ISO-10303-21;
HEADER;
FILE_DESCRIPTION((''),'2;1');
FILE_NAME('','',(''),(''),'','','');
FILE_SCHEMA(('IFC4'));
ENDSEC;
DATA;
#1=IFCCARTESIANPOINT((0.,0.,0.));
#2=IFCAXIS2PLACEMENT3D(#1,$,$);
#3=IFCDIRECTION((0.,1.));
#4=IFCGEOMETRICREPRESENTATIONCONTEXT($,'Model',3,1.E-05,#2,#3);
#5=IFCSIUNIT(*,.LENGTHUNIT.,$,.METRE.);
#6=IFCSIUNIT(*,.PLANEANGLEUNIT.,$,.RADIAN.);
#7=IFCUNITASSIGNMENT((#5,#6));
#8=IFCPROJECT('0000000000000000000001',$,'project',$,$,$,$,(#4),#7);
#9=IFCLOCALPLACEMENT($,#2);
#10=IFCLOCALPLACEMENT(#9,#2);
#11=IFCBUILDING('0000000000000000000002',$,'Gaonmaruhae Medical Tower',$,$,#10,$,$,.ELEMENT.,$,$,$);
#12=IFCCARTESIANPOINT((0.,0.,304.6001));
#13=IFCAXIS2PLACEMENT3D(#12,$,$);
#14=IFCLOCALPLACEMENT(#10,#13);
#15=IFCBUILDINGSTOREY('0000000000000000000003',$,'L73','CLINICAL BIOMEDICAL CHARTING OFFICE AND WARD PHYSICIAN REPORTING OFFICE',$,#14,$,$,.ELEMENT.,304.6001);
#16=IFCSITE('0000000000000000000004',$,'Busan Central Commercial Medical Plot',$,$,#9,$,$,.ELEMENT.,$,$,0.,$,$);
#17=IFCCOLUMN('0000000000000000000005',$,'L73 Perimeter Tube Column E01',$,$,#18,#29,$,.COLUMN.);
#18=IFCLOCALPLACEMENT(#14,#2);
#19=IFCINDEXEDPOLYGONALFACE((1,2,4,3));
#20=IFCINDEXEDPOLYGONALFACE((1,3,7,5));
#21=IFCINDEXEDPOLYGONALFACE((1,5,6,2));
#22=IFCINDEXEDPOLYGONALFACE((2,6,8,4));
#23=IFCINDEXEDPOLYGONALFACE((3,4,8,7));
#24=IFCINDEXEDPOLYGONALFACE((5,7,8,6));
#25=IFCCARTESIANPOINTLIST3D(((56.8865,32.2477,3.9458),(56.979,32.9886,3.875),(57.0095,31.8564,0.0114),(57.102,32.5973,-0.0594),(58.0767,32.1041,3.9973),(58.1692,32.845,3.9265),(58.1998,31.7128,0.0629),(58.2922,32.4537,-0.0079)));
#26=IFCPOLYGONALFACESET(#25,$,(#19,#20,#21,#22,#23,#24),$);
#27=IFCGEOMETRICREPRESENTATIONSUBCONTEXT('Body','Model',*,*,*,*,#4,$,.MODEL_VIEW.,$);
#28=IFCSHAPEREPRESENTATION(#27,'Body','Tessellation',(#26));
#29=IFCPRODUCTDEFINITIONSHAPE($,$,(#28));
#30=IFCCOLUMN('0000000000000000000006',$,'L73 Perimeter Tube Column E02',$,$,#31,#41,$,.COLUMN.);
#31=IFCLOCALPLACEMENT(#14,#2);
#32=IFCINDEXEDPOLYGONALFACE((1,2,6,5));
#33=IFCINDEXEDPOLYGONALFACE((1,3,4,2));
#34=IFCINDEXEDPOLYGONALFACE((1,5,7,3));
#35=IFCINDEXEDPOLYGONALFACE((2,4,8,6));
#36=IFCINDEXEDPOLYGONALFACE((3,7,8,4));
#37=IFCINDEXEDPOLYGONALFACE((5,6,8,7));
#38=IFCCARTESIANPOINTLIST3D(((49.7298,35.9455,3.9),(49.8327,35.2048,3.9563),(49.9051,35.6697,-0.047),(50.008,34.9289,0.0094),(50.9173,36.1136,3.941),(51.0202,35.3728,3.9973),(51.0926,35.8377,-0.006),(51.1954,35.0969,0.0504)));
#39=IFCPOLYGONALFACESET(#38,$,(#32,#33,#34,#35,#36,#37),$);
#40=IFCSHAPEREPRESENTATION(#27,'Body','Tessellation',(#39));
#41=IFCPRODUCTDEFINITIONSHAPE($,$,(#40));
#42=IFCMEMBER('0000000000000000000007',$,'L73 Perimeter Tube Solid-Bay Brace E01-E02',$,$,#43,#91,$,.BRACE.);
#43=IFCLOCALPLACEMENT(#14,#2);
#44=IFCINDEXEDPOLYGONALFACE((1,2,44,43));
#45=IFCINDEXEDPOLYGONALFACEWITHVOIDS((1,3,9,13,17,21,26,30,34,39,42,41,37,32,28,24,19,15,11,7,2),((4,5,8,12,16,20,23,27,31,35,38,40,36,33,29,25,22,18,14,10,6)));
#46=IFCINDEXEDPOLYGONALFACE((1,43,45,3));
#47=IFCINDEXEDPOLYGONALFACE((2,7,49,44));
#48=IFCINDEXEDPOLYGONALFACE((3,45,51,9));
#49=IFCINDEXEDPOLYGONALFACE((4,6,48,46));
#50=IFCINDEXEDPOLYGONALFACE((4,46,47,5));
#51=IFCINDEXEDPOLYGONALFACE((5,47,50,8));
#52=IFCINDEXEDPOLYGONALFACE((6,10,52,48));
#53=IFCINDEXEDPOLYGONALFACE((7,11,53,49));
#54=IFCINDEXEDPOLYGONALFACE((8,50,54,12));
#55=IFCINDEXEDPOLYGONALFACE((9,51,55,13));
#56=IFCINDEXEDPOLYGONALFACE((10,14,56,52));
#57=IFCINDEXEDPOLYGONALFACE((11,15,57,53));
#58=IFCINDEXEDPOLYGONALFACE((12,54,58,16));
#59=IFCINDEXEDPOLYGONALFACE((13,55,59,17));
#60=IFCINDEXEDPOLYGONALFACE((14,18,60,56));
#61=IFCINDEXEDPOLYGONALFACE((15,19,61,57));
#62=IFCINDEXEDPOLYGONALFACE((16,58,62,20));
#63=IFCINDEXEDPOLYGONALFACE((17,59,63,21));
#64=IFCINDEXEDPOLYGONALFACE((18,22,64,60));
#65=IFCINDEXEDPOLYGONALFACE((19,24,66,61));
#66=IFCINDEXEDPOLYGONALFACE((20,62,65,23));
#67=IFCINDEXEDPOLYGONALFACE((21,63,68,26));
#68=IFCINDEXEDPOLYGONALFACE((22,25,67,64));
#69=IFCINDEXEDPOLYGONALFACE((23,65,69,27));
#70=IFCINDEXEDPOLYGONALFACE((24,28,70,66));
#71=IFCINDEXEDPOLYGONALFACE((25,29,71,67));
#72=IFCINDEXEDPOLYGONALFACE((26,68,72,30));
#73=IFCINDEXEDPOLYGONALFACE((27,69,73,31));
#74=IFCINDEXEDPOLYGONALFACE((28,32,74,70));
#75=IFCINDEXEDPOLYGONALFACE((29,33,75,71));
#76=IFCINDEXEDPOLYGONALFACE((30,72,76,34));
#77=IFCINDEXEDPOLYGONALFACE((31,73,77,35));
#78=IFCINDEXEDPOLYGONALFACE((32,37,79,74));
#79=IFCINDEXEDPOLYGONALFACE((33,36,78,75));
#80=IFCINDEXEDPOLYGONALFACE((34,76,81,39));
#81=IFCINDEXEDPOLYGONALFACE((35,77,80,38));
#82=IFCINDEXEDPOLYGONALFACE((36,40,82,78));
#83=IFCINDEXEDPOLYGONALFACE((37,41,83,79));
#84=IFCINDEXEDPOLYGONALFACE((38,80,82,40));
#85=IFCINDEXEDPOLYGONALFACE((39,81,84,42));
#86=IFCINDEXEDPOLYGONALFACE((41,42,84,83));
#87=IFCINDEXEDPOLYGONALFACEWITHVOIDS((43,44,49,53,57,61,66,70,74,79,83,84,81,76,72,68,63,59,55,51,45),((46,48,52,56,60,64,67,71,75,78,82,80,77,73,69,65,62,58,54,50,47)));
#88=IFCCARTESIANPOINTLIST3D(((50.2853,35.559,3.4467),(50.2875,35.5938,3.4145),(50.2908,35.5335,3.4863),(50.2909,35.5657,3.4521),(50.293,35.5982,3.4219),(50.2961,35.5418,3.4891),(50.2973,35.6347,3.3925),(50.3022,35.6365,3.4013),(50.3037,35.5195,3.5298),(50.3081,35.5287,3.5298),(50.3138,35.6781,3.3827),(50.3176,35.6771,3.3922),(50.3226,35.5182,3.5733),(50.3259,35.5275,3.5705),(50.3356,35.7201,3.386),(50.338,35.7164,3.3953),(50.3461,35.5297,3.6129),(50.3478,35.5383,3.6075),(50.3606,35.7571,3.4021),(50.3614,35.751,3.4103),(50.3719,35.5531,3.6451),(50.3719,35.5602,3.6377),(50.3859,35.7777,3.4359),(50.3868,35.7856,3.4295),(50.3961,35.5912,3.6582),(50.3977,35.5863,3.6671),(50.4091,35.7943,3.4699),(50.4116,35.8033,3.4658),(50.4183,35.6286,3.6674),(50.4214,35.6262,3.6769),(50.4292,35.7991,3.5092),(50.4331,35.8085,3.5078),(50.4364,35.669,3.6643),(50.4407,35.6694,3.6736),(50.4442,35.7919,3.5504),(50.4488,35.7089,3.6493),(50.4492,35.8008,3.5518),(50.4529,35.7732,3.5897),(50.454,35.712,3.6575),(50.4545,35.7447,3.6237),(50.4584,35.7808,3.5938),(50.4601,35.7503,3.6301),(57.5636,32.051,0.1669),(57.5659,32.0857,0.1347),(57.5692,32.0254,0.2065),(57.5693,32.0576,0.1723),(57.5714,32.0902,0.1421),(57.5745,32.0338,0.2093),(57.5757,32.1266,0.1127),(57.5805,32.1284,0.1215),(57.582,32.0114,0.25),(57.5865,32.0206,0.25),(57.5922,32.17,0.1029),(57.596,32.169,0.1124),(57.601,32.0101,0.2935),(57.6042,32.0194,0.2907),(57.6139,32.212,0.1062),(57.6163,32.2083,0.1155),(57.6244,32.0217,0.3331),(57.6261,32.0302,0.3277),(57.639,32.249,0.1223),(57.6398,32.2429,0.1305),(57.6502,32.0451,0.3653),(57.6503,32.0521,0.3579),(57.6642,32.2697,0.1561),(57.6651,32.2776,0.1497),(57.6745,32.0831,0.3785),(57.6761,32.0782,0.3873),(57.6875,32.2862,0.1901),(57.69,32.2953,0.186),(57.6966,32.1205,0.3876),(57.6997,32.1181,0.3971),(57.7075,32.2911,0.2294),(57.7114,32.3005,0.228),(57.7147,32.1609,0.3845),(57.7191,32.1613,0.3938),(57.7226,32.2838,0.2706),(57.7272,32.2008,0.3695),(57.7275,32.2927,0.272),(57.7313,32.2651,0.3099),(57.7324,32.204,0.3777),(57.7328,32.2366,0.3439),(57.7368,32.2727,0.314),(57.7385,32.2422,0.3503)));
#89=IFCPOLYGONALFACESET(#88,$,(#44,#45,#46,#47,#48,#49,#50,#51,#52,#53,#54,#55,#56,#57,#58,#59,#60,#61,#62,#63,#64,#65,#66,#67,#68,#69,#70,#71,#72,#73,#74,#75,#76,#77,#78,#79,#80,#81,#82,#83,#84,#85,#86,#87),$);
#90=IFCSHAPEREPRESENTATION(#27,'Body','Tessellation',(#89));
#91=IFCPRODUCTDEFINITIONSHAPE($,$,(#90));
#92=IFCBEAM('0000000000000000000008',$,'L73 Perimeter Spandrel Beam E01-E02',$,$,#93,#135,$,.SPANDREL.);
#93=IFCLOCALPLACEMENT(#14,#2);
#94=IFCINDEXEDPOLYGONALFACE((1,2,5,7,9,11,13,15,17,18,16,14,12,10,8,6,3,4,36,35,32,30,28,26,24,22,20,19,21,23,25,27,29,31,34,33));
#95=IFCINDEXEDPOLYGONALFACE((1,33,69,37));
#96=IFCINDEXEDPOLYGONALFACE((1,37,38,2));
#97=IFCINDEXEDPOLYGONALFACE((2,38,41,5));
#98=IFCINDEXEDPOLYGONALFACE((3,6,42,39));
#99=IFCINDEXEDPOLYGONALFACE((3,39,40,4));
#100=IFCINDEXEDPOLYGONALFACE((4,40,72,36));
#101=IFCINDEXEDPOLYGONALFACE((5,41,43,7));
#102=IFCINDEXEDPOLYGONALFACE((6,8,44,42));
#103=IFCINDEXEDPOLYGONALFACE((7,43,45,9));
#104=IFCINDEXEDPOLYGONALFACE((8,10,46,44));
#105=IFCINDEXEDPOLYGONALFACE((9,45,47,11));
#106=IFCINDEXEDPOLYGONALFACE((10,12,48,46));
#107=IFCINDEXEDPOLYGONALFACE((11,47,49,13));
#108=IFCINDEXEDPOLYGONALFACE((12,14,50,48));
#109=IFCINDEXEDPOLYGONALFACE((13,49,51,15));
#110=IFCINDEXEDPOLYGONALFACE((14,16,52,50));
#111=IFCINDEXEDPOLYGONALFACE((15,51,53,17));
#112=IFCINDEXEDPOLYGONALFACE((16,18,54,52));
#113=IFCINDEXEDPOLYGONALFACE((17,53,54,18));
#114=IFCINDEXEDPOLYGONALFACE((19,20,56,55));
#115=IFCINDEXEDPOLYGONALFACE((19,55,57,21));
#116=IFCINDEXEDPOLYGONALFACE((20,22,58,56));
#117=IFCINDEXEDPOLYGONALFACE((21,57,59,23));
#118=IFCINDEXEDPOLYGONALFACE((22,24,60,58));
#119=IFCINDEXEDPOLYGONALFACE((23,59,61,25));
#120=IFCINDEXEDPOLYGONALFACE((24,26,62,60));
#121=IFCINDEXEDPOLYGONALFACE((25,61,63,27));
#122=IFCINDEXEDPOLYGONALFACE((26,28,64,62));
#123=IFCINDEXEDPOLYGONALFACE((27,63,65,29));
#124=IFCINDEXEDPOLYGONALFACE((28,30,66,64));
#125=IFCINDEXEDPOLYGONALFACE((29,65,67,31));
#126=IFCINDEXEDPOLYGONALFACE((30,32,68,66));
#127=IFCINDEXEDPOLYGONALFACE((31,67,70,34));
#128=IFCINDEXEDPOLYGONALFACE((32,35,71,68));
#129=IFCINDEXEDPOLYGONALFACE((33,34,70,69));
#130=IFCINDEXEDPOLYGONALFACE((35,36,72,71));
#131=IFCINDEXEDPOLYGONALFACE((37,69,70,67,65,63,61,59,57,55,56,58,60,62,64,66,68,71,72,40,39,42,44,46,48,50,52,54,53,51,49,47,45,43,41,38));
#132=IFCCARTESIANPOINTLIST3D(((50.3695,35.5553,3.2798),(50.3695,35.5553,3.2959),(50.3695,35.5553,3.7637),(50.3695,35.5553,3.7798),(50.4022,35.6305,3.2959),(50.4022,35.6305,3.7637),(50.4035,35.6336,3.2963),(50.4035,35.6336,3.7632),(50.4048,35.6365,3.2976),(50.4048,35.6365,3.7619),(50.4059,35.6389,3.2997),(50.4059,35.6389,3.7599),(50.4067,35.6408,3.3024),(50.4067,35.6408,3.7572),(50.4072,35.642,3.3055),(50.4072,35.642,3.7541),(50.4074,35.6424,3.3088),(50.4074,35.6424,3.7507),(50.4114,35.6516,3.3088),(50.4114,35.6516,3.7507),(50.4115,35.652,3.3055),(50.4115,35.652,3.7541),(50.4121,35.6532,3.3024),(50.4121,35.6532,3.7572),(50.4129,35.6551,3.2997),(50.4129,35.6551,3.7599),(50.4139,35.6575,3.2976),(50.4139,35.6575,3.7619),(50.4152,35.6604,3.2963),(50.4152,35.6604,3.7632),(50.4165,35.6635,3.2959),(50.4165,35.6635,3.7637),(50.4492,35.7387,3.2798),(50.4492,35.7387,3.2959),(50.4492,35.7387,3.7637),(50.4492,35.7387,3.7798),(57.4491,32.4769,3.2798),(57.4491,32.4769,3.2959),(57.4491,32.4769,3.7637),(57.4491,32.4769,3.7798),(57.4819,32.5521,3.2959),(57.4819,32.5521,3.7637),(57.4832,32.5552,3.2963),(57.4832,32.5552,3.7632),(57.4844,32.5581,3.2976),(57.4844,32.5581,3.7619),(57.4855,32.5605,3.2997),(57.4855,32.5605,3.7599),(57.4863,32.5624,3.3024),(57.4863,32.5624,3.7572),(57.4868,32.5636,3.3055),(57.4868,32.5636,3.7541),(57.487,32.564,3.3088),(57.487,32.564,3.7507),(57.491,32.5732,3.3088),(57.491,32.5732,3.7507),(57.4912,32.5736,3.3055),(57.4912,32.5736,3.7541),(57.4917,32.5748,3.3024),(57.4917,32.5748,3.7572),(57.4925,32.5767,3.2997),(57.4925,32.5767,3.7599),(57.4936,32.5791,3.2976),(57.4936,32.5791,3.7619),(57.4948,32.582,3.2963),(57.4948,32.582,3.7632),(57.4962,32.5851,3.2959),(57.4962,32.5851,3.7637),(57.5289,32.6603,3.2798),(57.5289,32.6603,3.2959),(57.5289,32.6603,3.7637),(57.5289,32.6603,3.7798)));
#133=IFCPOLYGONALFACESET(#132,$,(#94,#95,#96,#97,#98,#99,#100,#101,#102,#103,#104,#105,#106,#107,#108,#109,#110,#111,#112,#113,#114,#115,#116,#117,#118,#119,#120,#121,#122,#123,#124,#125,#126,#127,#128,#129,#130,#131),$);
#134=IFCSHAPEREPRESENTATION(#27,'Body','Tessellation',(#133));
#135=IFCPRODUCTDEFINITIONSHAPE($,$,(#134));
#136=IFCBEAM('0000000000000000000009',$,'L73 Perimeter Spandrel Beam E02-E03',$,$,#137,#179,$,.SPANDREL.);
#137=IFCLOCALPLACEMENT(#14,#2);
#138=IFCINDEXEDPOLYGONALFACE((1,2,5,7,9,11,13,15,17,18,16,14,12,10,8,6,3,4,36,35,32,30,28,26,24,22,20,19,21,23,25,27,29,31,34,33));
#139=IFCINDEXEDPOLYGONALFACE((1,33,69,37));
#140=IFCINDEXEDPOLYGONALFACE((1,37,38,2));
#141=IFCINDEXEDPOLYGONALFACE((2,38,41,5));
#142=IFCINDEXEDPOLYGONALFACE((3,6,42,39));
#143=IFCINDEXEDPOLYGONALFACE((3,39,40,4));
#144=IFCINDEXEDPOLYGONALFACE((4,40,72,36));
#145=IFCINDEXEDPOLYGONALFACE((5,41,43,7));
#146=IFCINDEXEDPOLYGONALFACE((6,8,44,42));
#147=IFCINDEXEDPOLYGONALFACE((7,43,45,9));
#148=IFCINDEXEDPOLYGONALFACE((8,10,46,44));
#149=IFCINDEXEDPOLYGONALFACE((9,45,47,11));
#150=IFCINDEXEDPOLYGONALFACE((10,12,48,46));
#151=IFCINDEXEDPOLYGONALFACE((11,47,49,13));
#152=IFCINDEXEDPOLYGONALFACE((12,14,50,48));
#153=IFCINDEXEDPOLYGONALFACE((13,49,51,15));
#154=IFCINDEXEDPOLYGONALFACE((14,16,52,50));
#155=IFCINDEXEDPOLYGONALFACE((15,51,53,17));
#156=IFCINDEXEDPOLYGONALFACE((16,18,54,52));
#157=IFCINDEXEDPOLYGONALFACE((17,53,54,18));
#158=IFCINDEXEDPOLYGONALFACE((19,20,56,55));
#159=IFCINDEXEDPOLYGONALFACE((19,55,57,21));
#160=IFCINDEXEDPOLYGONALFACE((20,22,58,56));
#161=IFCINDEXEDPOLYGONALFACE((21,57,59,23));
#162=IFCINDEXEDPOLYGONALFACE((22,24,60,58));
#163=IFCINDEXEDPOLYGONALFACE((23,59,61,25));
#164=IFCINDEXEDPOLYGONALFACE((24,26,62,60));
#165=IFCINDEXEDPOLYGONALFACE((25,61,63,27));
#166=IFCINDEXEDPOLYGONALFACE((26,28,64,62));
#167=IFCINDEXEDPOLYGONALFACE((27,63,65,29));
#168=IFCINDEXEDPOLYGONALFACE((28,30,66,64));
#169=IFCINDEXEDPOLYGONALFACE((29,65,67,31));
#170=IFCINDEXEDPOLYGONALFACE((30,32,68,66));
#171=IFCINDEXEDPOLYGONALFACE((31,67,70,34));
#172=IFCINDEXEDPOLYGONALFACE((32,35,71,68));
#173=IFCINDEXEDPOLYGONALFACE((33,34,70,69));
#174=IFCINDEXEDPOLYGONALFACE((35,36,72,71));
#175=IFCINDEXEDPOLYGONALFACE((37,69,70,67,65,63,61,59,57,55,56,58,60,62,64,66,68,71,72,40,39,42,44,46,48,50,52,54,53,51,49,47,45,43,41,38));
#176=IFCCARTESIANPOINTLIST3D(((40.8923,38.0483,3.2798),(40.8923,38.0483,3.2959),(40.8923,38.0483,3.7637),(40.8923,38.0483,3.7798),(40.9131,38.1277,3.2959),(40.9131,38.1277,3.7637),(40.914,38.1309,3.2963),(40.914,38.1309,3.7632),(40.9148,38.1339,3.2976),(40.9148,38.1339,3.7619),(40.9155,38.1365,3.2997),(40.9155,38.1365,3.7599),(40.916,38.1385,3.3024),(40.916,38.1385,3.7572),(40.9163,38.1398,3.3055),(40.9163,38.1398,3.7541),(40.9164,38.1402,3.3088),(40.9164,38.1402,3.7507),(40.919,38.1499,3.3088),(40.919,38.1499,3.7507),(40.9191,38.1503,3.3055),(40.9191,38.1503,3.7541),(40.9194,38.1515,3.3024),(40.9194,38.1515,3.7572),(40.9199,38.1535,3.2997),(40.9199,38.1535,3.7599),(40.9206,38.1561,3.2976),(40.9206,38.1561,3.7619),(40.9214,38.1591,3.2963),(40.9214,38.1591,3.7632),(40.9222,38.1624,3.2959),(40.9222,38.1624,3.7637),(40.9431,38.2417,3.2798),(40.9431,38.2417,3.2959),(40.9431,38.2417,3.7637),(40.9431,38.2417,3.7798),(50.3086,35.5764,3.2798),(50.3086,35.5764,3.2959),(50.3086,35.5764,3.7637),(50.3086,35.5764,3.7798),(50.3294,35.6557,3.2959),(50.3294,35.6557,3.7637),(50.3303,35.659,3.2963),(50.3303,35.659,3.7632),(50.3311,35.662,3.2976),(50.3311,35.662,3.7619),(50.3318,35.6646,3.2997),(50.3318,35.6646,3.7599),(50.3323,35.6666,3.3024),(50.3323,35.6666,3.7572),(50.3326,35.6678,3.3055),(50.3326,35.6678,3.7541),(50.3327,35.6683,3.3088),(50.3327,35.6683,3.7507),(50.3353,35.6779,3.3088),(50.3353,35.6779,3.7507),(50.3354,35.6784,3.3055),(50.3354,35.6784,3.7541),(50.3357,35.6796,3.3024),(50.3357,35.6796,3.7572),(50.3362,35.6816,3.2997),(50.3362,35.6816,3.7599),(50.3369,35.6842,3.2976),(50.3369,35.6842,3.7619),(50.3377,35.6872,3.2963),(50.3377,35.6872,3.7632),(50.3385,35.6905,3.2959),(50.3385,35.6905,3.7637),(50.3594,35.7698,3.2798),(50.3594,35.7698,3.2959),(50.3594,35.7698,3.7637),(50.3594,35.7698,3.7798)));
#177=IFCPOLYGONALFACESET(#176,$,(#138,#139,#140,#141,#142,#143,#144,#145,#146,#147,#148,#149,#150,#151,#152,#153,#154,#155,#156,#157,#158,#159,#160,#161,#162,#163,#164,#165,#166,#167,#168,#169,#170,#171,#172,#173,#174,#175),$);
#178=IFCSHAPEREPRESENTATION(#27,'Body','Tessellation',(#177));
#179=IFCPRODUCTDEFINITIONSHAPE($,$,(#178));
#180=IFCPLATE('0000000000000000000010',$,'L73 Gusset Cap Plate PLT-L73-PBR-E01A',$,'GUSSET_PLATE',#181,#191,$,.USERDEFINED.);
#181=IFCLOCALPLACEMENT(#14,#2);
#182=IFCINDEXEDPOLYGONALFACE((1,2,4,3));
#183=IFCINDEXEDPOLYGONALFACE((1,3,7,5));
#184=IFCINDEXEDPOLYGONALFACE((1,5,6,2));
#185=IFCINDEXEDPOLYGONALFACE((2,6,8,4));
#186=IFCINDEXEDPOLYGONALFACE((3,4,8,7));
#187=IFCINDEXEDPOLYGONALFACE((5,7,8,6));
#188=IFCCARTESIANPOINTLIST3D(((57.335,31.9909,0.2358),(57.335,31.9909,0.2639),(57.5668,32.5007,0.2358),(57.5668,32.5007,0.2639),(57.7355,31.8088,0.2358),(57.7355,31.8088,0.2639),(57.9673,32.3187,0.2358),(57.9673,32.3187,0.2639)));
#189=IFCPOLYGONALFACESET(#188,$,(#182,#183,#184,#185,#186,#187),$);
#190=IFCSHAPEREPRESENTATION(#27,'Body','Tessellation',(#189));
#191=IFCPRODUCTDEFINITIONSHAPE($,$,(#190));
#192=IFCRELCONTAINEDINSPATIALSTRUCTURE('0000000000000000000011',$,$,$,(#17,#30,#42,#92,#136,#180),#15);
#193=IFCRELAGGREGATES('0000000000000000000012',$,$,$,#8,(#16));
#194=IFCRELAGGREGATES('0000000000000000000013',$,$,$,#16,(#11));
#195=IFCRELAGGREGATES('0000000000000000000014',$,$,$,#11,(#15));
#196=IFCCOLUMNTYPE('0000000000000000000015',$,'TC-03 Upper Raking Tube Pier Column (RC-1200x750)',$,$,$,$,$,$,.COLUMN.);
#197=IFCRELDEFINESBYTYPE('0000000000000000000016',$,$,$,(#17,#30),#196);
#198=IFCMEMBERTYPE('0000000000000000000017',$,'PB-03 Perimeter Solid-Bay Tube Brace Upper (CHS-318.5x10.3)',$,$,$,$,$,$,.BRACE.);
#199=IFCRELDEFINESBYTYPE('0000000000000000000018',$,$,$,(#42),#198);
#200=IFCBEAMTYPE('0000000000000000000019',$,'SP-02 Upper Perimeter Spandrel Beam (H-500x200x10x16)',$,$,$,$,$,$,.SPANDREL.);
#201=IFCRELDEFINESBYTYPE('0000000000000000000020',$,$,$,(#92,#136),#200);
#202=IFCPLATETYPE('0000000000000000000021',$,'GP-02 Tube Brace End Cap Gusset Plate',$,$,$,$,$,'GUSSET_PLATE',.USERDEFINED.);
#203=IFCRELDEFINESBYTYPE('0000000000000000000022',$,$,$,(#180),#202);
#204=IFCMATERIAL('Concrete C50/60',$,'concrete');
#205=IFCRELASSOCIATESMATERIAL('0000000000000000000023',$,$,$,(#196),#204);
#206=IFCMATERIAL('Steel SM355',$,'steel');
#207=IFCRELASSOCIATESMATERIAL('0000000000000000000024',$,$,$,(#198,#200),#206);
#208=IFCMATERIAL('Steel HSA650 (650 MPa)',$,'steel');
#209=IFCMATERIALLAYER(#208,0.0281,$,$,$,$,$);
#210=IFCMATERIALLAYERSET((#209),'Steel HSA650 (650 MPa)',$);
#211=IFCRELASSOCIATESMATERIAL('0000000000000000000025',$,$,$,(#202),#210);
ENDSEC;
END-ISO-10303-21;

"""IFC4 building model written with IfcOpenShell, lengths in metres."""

from ifc_helpers import new_model, si_unit, direction, frame, origin, origin_2d, place, context, subcontext, project, spatial, rectangle, hollow_circle, i_section, extrude, material, layer, layer_set, material_profile, profile_set, type_object, element, save


model = new_model("IFC4")

# Units and contexts
model_context = context("Model", 3, precision=1e-05, world=origin(), true_north=direction((0.0, 1.0)))
body_context = subcontext(model_context, "Body", "Model", "MODEL_VIEW")
ifc_project = project(units=[si_unit("LENGTHUNIT", "METRE"), si_unit("PLANEANGLEUNIT", "RADIAN")], contexts=[model_context])

# Site, building, storey
site_placement = place(None, origin())
site = spatial("IfcSite", under=ifc_project, at=site_placement, Name="Busan Central Commercial Medical Plot", CompositionType="ELEMENT", RefElevation=0.0)
building_placement = place(site_placement, origin())
building = spatial("IfcBuilding", under=site, at=building_placement, Name="Gaonmaruhae Medical Tower", CompositionType="ELEMENT")
storey_placement = place(building_placement, frame((0.0, 0.0, 304.6001)))
storey = spatial("IfcBuildingStorey", under=building, at=storey_placement, Name="L73", Description="CLINICAL BIOMEDICAL CHARTING OFFICE AND WARD PHYSICIAN REPORTING OFFICE", CompositionType="ELEMENT", Elevation=304.6001)

# Columns
ifc_material_1 = material(Name="Concrete C50/60", Category="concrete")
ifc_material_profile_1 = material_profile(ifc_material_1, rectangle(XDim=1.2, YDim=0.75, at=origin_2d()), Name="RC-1200x750")
ifc_profile_set_1 = profile_set([ifc_material_profile_1], Name="Concrete C50/60")
column_type = type_object("IfcColumnType", Name="TC-03 Upper Raking Tube Pier Column (RC-1200x750)", PredefinedType="COLUMN", material=ifc_profile_set_1)
column_1_placement = place(storey_placement, frame((57.6509, 32.155, 0.0017), z_axis=(-0.031105, 0.09893, 0.994608), x_axis=(0.991885, -0.119676, 0.042923)))
element("IfcColumn", 1, at=column_1_placement, inside=storey, type_object=column_type, Name="L73 Perimeter Tube Column E01", PredefinedType="COLUMN", context=body_context, shape_type="SweptSolid", body=[
    extrude(rectangle(XDim=1.2, YDim=0.75, at=origin_2d()), origin(), (0.0, 0.0, 1.0), 3.9558),
])
column_2_placement = place(storey_placement, frame((50.5503, 35.3833, 0.0017), z_axis=(-0.04426, 0.069657, 0.996589), x_axis=(0.989555, 0.14005, 0.034159)))
element("IfcColumn", 2, at=column_2_placement, inside=storey, type_object=column_type, Name="L73 Perimeter Tube Column E02", PredefinedType="COLUMN", context=body_context, shape_type="SweptSolid", body=[
    extrude(rectangle(XDim=1.2, YDim=0.75, at=origin_2d()), origin(), (0.0, 0.0, 1.0), 3.9604),
])

# Member
ifc_material_2 = material(Name="Steel SM355", Category="steel")
ifc_material_profile_2 = material_profile(ifc_material_2, hollow_circle(Radius=0.1592, WallThickness=0.0103, at=origin_2d()), Name="CHS-318.5x10.3")
ifc_profile_set_2 = profile_set([ifc_material_profile_2], Name="Steel SM355")
member_type = type_object("IfcMemberType", Name="PB-03 Perimeter Solid-Bay Tube Brace Upper (CHS-318.5x10.3)", PredefinedType="BRACE", material=ifc_profile_set_2)
member_placement = place(storey_placement, frame((57.6511, 32.1548, 0.25), z_axis=(-0.834675, 0.402303, 0.376125), x_axis=(-0.434185, -0.900824, 0.0)))
element("IfcMember", 3, at=member_placement, inside=storey, type_object=member_type, Name="L73 Perimeter Tube Solid-Bay Brace E01-E02", PredefinedType="BRACE", context=body_context, shape_type="SweptSolid", body=[
    extrude(hollow_circle(Radius=0.1592, WallThickness=0.0103, at=origin_2d()), origin(), (0.0, 0.0, 1.0), 8.72),
])

# Beams
ifc_material_profile_3 = material_profile(ifc_material_2, i_section(OverallWidth=0.2, OverallDepth=0.5, WebThickness=0.01, FlangeThickness=0.0161, FilletRadius=0.0129, at=origin_2d()), Name="H-500x200x10x16")
ifc_profile_set_3 = profile_set([ifc_material_profile_3], Name="Steel SM355")
beam_type = type_object("IfcBeamType", Name="SP-02 Upper Perimeter Spandrel Beam (H-500x200x10x16)", PredefinedType="SPANDREL", material=ifc_profile_set_3)
beam_1_placement = place(storey_placement, frame((57.489, 32.5686, 3.5298), z_axis=(-0.917056, 0.398757, 0.0), x_axis=(-0.398757, -0.917056, 0.0)))
element("IfcBeam", 4, at=beam_1_placement, inside=storey, type_object=beam_type, Name="L73 Perimeter Spandrel Beam E01-E02", PredefinedType="SPANDREL", context=body_context, shape_type="SweptSolid", body=[
    extrude(i_section(OverallWidth=0.2, OverallDepth=0.5, WebThickness=0.01, FlangeThickness=0.0161, FilletRadius=0.0129, at=origin_2d()), origin(), (0.0, 0.0, 1.0), 7.72),
])
beam_2_placement = place(storey_placement, frame((50.334, 35.6731, 3.5298), z_axis=(-0.967227, 0.253913, 0.0), x_axis=(-0.253913, -0.967227, 0.0)))
element("IfcBeam", 5, at=beam_2_placement, inside=storey, type_object=beam_type, Name="L73 Perimeter Spandrel Beam E02-E03", PredefinedType="SPANDREL", context=body_context, shape_type="SweptSolid", body=[
    extrude(i_section(OverallWidth=0.2, OverallDepth=0.5, WebThickness=0.01, FlangeThickness=0.0161, FilletRadius=0.0129, at=origin_2d()), origin(), (0.0, 0.0, 1.0), 9.7354),
])

# Plate
ifc_material_3 = material(Name="Steel HSA650 (650 MPa)", Category="steel")
ifc_layer_1 = layer(ifc_material_3, 0.0281)
ifc_layer_set_1 = layer_set([ifc_layer_1], Name="Steel HSA650 (650 MPa)")
plate_type_1 = type_object("IfcPlateType", Name="GP-02 Tube Brace End Cap Gusset Plate", ElementType="GUSSET_PLATE", PredefinedType="USERDEFINED", material=ifc_layer_set_1)
for number, where, z_axis, x_axis, name in (
    (6, (57.6511, 32.1548, 0.2358), (0.0, 0.0, 1.0), (0.413899, 0.910323, 0.0), "L73 Gusset Cap Plate PLT-L73-PBR-E01A"),
):
    element("IfcPlate", number, at=place(storey_placement, frame(where, z_axis=z_axis, x_axis=x_axis)), inside=storey, type_object=plate_type_1, Name=name, ObjectType="GUSSET_PLATE", PredefinedType="USERDEFINED", context=body_context, shape_type="SweptSolid", body=[
        extrude(rectangle(XDim=0.5601, YDim=0.4399, at=origin_2d()), origin(), (0.0, 0.0, 1.0), 0.0281),
    ])

save(model, "model.ifc")
